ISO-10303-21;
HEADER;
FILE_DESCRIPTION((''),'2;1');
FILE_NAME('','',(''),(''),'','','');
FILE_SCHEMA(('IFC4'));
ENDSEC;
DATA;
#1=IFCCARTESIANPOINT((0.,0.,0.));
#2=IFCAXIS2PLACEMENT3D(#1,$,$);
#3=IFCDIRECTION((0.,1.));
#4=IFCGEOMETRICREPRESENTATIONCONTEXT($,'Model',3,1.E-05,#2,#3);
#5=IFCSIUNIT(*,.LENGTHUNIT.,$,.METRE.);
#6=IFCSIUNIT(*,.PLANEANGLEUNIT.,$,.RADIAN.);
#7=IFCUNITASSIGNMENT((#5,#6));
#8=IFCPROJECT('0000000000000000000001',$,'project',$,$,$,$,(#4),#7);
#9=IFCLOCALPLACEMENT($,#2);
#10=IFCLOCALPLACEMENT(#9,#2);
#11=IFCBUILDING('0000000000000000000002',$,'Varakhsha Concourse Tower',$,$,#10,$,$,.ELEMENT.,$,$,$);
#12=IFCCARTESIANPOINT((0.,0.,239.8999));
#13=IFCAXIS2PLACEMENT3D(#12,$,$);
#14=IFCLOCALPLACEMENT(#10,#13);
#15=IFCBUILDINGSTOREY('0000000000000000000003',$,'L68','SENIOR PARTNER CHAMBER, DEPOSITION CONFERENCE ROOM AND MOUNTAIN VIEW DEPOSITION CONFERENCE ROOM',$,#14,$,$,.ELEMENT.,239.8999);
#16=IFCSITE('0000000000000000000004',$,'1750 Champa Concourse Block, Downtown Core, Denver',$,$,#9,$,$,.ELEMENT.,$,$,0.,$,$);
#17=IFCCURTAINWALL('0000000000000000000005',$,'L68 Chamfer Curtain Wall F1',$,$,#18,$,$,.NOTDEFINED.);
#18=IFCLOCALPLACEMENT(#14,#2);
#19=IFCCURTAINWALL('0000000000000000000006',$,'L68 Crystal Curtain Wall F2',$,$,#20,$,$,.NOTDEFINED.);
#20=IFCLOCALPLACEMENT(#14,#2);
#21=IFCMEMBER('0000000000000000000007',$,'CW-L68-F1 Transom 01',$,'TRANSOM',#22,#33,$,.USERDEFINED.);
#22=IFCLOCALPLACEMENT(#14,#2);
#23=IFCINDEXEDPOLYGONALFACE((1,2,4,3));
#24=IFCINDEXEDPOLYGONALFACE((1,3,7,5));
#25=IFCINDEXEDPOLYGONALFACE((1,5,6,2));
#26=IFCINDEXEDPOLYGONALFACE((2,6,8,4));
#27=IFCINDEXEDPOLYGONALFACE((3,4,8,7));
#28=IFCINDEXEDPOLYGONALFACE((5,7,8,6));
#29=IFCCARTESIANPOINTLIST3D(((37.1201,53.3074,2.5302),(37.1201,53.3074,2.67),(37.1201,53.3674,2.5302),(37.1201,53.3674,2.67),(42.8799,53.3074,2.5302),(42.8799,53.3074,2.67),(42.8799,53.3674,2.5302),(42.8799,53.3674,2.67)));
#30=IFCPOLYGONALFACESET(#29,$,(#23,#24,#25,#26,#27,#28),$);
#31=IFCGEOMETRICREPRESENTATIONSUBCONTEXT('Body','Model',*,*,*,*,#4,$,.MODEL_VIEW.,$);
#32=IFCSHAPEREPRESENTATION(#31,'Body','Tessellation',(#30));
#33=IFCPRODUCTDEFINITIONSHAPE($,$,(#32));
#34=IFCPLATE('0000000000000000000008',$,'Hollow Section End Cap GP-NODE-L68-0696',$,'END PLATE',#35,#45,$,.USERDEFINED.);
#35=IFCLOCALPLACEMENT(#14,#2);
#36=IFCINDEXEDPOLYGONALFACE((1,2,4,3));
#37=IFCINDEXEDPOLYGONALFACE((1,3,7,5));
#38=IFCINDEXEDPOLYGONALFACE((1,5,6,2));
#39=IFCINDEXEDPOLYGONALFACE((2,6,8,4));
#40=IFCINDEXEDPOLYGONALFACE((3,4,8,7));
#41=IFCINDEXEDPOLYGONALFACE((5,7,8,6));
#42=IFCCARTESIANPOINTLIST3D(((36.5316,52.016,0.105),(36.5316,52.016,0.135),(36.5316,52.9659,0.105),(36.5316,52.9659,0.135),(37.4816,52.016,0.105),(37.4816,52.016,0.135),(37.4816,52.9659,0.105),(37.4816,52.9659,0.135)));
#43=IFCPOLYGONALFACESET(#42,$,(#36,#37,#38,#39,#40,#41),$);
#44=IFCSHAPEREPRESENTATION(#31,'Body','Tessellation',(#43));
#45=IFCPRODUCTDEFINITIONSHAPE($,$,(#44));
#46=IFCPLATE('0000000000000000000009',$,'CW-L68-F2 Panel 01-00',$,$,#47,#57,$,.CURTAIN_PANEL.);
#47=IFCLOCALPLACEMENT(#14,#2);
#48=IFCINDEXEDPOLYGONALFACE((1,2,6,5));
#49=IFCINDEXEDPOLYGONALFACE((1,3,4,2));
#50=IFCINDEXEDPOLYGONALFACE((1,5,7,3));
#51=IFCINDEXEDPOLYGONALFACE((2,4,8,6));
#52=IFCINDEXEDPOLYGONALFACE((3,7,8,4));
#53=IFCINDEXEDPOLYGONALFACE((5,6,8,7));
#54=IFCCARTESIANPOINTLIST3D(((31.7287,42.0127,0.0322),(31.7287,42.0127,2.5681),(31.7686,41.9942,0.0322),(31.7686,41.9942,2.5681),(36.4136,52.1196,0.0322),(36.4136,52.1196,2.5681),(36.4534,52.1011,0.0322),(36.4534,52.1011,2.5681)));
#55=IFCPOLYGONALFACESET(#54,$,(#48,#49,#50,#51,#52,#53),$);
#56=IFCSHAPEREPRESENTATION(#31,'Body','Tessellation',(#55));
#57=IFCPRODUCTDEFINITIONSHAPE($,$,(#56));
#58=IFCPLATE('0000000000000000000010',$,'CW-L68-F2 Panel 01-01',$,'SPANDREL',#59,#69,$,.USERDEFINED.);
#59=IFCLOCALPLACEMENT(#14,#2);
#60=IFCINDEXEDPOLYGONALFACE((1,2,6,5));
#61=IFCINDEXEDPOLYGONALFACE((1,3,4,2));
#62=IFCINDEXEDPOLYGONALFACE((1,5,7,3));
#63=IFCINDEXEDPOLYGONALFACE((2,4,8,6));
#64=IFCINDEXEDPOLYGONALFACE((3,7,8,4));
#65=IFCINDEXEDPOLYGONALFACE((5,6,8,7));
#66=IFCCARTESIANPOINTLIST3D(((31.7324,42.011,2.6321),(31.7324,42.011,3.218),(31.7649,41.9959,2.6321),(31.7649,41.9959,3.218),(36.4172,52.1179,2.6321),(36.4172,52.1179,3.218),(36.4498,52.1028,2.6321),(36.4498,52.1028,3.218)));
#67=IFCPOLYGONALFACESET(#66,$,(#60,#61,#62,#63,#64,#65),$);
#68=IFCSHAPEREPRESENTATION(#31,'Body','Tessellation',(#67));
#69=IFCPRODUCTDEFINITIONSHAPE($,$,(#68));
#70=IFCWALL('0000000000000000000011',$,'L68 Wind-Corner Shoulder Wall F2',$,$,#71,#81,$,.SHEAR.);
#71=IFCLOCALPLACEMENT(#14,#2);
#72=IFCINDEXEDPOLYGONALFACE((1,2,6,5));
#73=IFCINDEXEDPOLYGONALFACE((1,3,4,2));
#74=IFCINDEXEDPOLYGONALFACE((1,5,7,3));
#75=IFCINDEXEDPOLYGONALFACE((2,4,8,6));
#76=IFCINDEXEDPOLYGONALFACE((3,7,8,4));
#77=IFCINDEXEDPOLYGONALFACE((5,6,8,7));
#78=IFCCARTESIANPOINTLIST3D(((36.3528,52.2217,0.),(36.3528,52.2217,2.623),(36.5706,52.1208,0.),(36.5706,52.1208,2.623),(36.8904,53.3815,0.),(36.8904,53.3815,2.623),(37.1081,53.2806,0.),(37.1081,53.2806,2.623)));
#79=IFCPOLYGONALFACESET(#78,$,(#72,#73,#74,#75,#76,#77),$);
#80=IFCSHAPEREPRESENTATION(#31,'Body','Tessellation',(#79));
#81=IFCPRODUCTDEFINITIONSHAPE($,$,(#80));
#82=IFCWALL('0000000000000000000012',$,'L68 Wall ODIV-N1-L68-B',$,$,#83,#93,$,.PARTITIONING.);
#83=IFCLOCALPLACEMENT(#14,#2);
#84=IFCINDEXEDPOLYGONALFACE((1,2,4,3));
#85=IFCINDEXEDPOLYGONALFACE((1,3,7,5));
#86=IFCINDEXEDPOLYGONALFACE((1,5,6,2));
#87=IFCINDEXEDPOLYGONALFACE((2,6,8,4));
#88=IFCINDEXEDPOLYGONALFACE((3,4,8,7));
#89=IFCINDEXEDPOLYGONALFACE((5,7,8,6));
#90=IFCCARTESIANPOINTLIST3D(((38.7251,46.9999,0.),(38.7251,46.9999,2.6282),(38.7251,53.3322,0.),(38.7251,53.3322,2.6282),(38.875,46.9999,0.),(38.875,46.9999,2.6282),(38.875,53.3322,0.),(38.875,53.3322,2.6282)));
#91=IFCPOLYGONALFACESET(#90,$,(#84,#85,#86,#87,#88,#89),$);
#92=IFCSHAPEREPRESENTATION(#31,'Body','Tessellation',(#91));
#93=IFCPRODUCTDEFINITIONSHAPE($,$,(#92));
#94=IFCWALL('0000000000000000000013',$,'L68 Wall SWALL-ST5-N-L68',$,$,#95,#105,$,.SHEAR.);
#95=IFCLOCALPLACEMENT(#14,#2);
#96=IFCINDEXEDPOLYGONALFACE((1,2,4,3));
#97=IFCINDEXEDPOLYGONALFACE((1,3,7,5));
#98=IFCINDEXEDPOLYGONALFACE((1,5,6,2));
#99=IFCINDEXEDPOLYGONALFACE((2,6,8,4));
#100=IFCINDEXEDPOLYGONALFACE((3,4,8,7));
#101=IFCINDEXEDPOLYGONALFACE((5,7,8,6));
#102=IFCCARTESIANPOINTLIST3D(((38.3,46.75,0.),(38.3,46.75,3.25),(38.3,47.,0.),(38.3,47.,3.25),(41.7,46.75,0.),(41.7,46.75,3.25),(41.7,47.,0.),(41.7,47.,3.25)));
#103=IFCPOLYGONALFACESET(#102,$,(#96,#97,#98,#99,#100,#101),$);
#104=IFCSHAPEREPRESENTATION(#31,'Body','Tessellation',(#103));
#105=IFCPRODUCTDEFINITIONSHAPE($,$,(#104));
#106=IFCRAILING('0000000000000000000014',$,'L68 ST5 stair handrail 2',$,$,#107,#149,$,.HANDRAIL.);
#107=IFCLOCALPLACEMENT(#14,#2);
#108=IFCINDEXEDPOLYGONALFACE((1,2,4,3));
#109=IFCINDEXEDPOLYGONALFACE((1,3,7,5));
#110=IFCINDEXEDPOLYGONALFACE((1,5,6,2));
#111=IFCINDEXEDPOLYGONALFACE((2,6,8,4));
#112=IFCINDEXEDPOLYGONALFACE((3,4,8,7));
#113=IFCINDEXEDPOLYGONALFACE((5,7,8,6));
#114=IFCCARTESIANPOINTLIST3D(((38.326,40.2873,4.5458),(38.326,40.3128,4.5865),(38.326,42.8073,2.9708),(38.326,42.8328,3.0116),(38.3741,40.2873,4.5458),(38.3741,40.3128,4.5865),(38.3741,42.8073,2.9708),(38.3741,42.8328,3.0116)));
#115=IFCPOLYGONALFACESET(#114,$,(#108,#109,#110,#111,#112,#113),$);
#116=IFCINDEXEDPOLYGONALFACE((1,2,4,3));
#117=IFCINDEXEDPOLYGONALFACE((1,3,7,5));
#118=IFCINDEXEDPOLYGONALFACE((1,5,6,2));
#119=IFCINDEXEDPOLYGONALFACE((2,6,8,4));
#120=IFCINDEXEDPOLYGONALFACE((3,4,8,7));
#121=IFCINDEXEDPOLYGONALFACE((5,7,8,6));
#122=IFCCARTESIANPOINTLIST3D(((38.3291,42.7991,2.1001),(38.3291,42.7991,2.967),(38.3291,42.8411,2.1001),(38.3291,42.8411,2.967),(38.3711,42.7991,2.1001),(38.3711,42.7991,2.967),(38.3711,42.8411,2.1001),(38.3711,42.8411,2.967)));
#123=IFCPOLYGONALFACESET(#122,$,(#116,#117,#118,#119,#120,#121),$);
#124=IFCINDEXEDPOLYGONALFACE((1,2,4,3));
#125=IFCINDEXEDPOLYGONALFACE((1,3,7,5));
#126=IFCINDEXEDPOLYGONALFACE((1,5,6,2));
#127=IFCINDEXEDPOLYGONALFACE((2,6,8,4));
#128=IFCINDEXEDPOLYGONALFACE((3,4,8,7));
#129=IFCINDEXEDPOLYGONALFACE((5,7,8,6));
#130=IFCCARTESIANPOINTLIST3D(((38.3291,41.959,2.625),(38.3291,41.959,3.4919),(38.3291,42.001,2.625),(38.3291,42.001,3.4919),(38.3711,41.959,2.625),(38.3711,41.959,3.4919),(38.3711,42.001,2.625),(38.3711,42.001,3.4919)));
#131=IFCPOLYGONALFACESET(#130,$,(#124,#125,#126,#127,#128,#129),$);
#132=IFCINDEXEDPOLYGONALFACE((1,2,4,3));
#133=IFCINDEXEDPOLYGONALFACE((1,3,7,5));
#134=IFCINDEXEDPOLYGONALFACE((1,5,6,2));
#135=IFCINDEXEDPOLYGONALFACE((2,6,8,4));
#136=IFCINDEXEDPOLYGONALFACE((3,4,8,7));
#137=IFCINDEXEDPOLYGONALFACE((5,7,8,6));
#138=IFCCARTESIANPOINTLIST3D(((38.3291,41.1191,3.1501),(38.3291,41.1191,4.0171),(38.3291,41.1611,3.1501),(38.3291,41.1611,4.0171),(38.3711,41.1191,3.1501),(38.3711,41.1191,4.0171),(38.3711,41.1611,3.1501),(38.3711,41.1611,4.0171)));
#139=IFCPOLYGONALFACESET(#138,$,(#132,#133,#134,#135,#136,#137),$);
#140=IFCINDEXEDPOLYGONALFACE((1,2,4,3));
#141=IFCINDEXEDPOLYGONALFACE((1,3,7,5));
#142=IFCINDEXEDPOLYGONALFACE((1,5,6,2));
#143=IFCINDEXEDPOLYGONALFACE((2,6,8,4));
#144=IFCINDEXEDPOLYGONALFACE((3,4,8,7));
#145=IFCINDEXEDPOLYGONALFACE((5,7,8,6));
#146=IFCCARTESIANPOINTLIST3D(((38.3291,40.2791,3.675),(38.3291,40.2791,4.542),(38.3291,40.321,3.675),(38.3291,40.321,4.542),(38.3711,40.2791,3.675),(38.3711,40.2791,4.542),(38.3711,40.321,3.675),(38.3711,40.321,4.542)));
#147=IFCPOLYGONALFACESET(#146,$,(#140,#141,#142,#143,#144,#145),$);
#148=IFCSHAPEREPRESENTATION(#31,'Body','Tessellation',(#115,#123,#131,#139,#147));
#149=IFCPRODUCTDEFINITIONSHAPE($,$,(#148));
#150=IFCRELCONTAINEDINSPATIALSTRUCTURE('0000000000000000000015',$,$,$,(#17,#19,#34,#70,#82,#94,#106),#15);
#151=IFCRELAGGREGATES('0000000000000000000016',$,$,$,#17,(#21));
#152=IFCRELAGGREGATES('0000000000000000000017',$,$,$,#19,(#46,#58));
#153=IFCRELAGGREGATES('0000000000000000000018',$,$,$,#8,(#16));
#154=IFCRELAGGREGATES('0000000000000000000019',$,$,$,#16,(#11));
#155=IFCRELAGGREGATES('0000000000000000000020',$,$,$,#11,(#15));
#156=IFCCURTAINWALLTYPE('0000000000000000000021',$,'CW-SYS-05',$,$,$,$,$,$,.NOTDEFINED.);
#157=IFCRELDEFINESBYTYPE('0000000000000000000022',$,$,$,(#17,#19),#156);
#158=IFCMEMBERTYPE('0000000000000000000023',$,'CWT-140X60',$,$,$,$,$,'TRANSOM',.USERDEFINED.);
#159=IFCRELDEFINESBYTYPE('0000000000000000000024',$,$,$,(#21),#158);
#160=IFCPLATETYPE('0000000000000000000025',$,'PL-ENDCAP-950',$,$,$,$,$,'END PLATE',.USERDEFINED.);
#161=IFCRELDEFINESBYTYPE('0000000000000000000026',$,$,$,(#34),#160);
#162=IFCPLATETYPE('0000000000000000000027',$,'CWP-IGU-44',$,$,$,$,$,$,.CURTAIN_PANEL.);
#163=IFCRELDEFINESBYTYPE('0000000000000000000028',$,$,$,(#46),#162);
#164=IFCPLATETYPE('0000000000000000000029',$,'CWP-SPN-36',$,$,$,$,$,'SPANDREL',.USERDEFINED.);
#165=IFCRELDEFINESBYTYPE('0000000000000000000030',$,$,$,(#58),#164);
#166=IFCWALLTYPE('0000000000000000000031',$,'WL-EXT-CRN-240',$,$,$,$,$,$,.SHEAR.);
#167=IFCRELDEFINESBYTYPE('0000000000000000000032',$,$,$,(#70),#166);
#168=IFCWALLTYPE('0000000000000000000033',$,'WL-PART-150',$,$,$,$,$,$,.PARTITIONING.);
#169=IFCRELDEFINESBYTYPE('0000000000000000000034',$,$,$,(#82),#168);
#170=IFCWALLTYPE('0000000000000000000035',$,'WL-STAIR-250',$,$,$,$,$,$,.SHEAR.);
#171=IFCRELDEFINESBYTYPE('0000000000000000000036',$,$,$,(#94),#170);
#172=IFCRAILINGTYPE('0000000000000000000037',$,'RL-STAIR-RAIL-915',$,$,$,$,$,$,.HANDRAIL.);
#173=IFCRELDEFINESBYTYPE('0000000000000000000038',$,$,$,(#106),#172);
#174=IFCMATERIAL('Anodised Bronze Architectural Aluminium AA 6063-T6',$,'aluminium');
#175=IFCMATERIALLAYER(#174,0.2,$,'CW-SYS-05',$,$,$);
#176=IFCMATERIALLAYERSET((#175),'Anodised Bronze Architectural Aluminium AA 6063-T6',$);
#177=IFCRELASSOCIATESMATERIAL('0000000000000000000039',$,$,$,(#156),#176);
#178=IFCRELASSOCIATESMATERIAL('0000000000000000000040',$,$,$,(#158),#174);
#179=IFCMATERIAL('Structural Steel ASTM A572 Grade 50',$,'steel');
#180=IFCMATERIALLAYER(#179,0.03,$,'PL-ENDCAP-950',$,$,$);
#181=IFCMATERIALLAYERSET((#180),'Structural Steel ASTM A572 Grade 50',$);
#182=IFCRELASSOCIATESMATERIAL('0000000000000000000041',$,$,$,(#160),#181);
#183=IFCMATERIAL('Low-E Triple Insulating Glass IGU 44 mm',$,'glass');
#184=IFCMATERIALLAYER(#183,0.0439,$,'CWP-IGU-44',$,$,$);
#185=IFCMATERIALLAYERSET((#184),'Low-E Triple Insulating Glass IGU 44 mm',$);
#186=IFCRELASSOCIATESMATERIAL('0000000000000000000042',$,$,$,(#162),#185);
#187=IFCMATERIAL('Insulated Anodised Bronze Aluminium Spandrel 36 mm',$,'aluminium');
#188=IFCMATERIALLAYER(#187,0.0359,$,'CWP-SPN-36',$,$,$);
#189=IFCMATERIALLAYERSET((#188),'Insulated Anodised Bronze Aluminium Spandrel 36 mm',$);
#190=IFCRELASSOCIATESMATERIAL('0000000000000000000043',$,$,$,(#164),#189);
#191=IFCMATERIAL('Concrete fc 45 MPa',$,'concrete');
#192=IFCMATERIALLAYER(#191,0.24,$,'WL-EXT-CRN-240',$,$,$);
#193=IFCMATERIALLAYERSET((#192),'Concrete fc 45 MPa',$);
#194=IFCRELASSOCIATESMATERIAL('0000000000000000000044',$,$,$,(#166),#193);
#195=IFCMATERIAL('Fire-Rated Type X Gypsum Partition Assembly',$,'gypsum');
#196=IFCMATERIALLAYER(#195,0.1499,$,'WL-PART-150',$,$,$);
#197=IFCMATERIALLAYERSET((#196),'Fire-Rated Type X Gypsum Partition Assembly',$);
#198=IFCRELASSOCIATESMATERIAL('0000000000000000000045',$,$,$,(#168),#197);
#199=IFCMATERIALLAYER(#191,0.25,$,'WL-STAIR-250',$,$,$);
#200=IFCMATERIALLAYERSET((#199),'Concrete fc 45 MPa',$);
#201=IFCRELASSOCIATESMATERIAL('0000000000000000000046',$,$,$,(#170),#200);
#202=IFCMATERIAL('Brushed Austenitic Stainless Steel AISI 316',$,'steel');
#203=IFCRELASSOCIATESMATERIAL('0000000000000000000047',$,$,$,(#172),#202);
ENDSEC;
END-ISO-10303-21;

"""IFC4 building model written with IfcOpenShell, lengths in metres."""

from ifc_helpers import new_model, si_unit, direction, frame, frame_2d, origin, origin_2d, place, context, subcontext, project, spatial, rectangle, extrude, source, transform, mapped, material, layer, layer_set, material_profile, profile_set, type_object, type_shapes, element, aggregate, save


model = new_model("IFC4")

# Units and contexts
model_context = context("Model", 3, precision=1e-05, world=origin(), true_north=direction((0.0, 1.0)))
body_context = subcontext(model_context, "Body", "Model", "MODEL_VIEW")
ifc_project = project(units=[si_unit("LENGTHUNIT", "METRE"), si_unit("PLANEANGLEUNIT", "RADIAN")], contexts=[model_context])

# Site, building, storey
site_placement = place(None, origin())
site = spatial("IfcSite", under=ifc_project, at=site_placement, Name="1750 Champa Concourse Block, Downtown Core, Denver", CompositionType="ELEMENT", RefElevation=0.0)
building_placement = place(site_placement, origin())
building = spatial("IfcBuilding", under=site, at=building_placement, Name="Varakhsha Concourse Tower", CompositionType="ELEMENT")
storey_placement = place(building_placement, frame((0.0, 0.0, 239.8999)))
storey = spatial("IfcBuildingStorey", under=building, at=storey_placement, Name="L68", Description="SENIOR PARTNER CHAMBER, DEPOSITION CONFERENCE ROOM AND MOUNTAIN VIEW DEPOSITION CONFERENCE ROOM", CompositionType="ELEMENT", Elevation=239.8999)

# Shared definitions
ifc_material_1 = material(Name="Structural Steel ASTM A572 Grade 50", Category="steel")

# Curtain wall
ifc_material_2 = material(Name="Anodised Bronze Architectural Aluminium AA 6063-T6", Category="aluminium")
ifc_layer_1 = layer(ifc_material_2, 0.2, Name="CW-SYS-05")
ifc_layer_set_1 = layer_set([ifc_layer_1], Name="Anodised Bronze Architectural Aluminium AA 6063-T6")
curtain_wall_type = type_object("IfcCurtainWallType", Name="CW-SYS-05", PredefinedType="NOTDEFINED", material=ifc_layer_set_1)
curtain_wall_1_placement = place(storey_placement, origin())
curtain_wall_1 = element("IfcCurtainWall", 1, at=curtain_wall_1_placement, inside=storey, type_object=curtain_wall_type, Name="L68 Chamfer Curtain Wall F1", PredefinedType="NOTDEFINED")

# Curtain wall
curtain_wall_2_placement = place(storey_placement, origin())
curtain_wall_2 = element("IfcCurtainWall", 2, at=curtain_wall_2_placement, inside=storey, type_object=curtain_wall_type, Name="L68 Crystal Curtain Wall F2", PredefinedType="NOTDEFINED")

# Member
ifc_material_profile_1 = material_profile(ifc_material_2, rectangle(XDim=0.0601, YDim=0.1399, at=origin_2d()), Name="CWT-140X60")
ifc_profile_set_1 = profile_set([ifc_material_profile_1], Name="Anodised Bronze Architectural Aluminium AA 6063-T6")
member_type_1 = type_object("IfcMemberType", Name="CWT-140X60", ElementType="TRANSOM", PredefinedType="USERDEFINED", material=ifc_profile_set_1)
shared_shape_1 = source(origin(), body_context, "Body", "SweptSolid", [
    extrude(rectangle(XDim=0.0601, YDim=0.1399, at=origin_2d()), origin(), (0.0, 0.0, 1.0), 5.7598),
])
type_shapes(member_type_1, [shared_shape_1])
member_1_placement = place(storey_placement, frame((37.1201, 53.3374, 2.6001), z_axis=(1.0, 0.0, 0.0), x_axis=(0.0, 1.0, 0.0)))
member_1 = element("IfcMember", 3, at=member_1_placement, type_object=member_type_1, Name="CW-L68-F1 Transom 01", ObjectType="TRANSOM", PredefinedType="USERDEFINED", context=body_context, shape_type="MappedRepresentation", body=[
    mapped(shared_shape_1, transform((0.0, 0.0, 0.0), scale=1.0)),
])
aggregate(curtain_wall_1, [member_1])

# Plates
ifc_layer_2 = layer(ifc_material_1, 0.03, Name="PL-ENDCAP-950")
ifc_layer_set_2 = layer_set([ifc_layer_2], Name="Structural Steel ASTM A572 Grade 50")
plate_type_1 = type_object("IfcPlateType", Name="PL-ENDCAP-950", ElementType="END PLATE", PredefinedType="USERDEFINED", material=ifc_layer_set_2)
shared_shape_2 = source(origin(), body_context, "Body", "SweptSolid", [
    extrude(rectangle(XDim=0.95, YDim=0.95, at=origin_2d()), origin(), (0.0, 0.0, 1.0), 0.03),
])
type_shapes(plate_type_1, [shared_shape_2])
plate_1_placement = place(storey_placement, frame((37.0066, 52.491, 0.105), z_axis=(0.0, 0.0, 1.0), x_axis=(1.0, 0.0, 0.0)))
element("IfcPlate", 4, at=plate_1_placement, inside=storey, type_object=plate_type_1, Name="Hollow Section End Cap GP-NODE-L68-0696", ObjectType="END PLATE", PredefinedType="USERDEFINED", context=body_context, shape_type="MappedRepresentation", body=[
    mapped(shared_shape_2, transform((0.0, 0.0, 0.0), scale=1.0)),
])
ifc_material_3 = material(Name="Low-E Triple Insulating Glass IGU 44 mm", Category="glass")
ifc_layer_3 = layer(ifc_material_3, 0.0439, Name="CWP-IGU-44")
ifc_layer_set_3 = layer_set([ifc_layer_3], Name="Low-E Triple Insulating Glass IGU 44 mm")
plate_type_2 = type_object("IfcPlateType", Name="CWP-IGU-44", PredefinedType="CURTAIN_PANEL", material=ifc_layer_set_3)
shared_shape_3 = source(origin(), body_context, "Body", "SweptSolid", [
    extrude(rectangle(XDim=11.1399, YDim=0.0439, at=origin_2d()), origin(), (0.0, 0.0, 1.0), 2.5359),
])
type_shapes(plate_type_2, [shared_shape_3])
plate_2_placement = place(storey_placement, frame((34.0911, 47.0569, 0.0322), z_axis=(0.0, 0.0, 1.0), x_axis=(0.420547, 0.907271, 0.0)))
plate_2 = element("IfcPlate", 5, at=plate_2_placement, type_object=plate_type_2, Name="CW-L68-F2 Panel 01-00", PredefinedType="CURTAIN_PANEL", context=body_context, shape_type="MappedRepresentation", body=[
    mapped(shared_shape_3, transform((0.0, 0.0, 0.0), scale=1.0)),
])
ifc_material_4 = material(Name="Insulated Anodised Bronze Aluminium Spandrel 36 mm", Category="aluminium")
ifc_layer_4 = layer(ifc_material_4, 0.0359, Name="CWP-SPN-36")
ifc_layer_set_4 = layer_set([ifc_layer_4], Name="Insulated Anodised Bronze Aluminium Spandrel 36 mm")
plate_type_3 = type_object("IfcPlateType", Name="CWP-SPN-36", ElementType="SPANDREL", PredefinedType="USERDEFINED", material=ifc_layer_set_4)
shared_shape_4 = source(origin(), body_context, "Body", "SweptSolid", [
    extrude(rectangle(XDim=11.1399, YDim=0.0359, at=origin_2d()), origin(), (0.0, 0.0, 1.0), 0.5859),
])
type_shapes(plate_type_3, [shared_shape_4])
plate_3_placement = place(storey_placement, frame((34.0911, 47.0569, 2.6321), z_axis=(0.0, 0.0, 1.0), x_axis=(0.420547, 0.907271, 0.0)))
plate_3 = element("IfcPlate", 6, at=plate_3_placement, type_object=plate_type_3, Name="CW-L68-F2 Panel 01-01", ObjectType="SPANDREL", PredefinedType="USERDEFINED", context=body_context, shape_type="MappedRepresentation", body=[
    mapped(shared_shape_4, transform((0.0, 0.0, 0.0), scale=1.0)),
])
aggregate(curtain_wall_2, [plate_2, plate_3])

# Walls
ifc_material_5 = material(Name="Concrete fc 45 MPa", Category="concrete")
ifc_layer_5 = layer(ifc_material_5, 0.24, Name="WL-EXT-CRN-240")
ifc_layer_set_5 = layer_set([ifc_layer_5], Name="Concrete fc 45 MPa")
wall_type_1 = type_object("IfcWallType", Name="WL-EXT-CRN-240", PredefinedType="SHEAR", material=ifc_layer_set_5)
wall_1_placement = place(storey_placement, frame((36.9993, 53.3311, 0.0), z_axis=(0.0, 0.0, 1.0), x_axis=(-0.420511, -0.907288, 0.0)))
element("IfcWall", 7, at=wall_1_placement, inside=storey, type_object=wall_type_1, Name="L68 Wind-Corner Shoulder Wall F2", PredefinedType="SHEAR", context=body_context, shape_type="SweptSolid", body=[
    extrude(rectangle(XDim=1.2783, YDim=0.24, at=frame_2d((0.6392, 0.0))), origin(), (0.0, 0.0, 1.0), 2.623),
])
ifc_material_6 = material(Name="Fire-Rated Type X Gypsum Partition Assembly", Category="gypsum")
ifc_layer_6 = layer(ifc_material_6, 0.1499, Name="WL-PART-150")
ifc_layer_set_6 = layer_set([ifc_layer_6], Name="Fire-Rated Type X Gypsum Partition Assembly")
wall_type_2 = type_object("IfcWallType", Name="WL-PART-150", PredefinedType="PARTITIONING", material=ifc_layer_set_6)
wall_2_placement = place(storey_placement, frame((38.8, 47.0, 0.0), z_axis=(0.0, 0.0, 1.0), x_axis=(0.0, 1.0, 0.0)))
element("IfcWall", 8, at=wall_2_placement, inside=storey, type_object=wall_type_2, Name="L68 Wall ODIV-N1-L68-B", PredefinedType="PARTITIONING", context=body_context, shape_type="SweptSolid", body=[
    extrude(rectangle(XDim=6.3323, YDim=0.1499, at=frame_2d((3.166, 0.0))), origin(), (0.0, 0.0, 1.0), 2.6282),
])
ifc_layer_7 = layer(ifc_material_5, 0.25, Name="WL-STAIR-250")
ifc_layer_set_7 = layer_set([ifc_layer_7], Name="Concrete fc 45 MPa")
wall_type_3 = type_object("IfcWallType", Name="WL-STAIR-250", PredefinedType="SHEAR", material=ifc_layer_set_7)
wall_3_placement = place(storey_placement, frame((38.3, 46.875, 0.0), z_axis=(0.0, 0.0, 1.0), x_axis=(1.0, 0.0, 0.0)))
element("IfcWall", 9, at=wall_3_placement, inside=storey, type_object=wall_type_3, Name="L68 Wall SWALL-ST5-N-L68", PredefinedType="SHEAR", context=body_context, shape_type="SweptSolid", body=[
    extrude(rectangle(XDim=3.3999, YDim=0.25, at=frame_2d((1.7, 0.0))), origin(), (0.0, 0.0, 1.0), 3.25),
])

# Railing
ifc_material_7 = material(Name="Brushed Austenitic Stainless Steel AISI 316", Category="steel")
railing_type = type_object("IfcRailingType", Name="RL-STAIR-RAIL-915", PredefinedType="HANDRAIL", material=ifc_material_7)
railing_placement = place(storey_placement, frame((38.3501, 42.8201, 2.1001)))
element("IfcRailing", 10, at=railing_placement, inside=storey, type_object=railing_type, Name="L68 ST5 stair handrail 2", PredefinedType="HANDRAIL", context=body_context, shape_type="SweptSolid", body=[
    extrude(rectangle(XDim=0.0481, YDim=0.0481, at=origin_2d()), frame((0.0, 0.0, 0.8911), z_axis=(0.0, -0.848008, 0.529984), x_axis=(1.0, 0.0, 0.0)), (0.0, 0.0, 1.0), 2.9717),
    extrude(rectangle(XDim=0.042, YDim=0.042, at=origin_2d()), origin(), (0.0, 0.0, 1.0), 0.8669),
    extrude(rectangle(XDim=0.042, YDim=0.042, at=origin_2d()), frame((0.0, -0.8401, 0.5249)), (0.0, 0.0, 1.0), 0.8669),
    extrude(rectangle(XDim=0.042, YDim=0.042, at=origin_2d()), frame((0.0, -1.6799, 1.05)), (0.0, 0.0, 1.0), 0.8669),
    extrude(rectangle(XDim=0.042, YDim=0.042, at=origin_2d()), frame((0.0, -2.52, 1.575)), (0.0, 0.0, 1.0), 0.8669),
])

save(model, "model.ifc")
